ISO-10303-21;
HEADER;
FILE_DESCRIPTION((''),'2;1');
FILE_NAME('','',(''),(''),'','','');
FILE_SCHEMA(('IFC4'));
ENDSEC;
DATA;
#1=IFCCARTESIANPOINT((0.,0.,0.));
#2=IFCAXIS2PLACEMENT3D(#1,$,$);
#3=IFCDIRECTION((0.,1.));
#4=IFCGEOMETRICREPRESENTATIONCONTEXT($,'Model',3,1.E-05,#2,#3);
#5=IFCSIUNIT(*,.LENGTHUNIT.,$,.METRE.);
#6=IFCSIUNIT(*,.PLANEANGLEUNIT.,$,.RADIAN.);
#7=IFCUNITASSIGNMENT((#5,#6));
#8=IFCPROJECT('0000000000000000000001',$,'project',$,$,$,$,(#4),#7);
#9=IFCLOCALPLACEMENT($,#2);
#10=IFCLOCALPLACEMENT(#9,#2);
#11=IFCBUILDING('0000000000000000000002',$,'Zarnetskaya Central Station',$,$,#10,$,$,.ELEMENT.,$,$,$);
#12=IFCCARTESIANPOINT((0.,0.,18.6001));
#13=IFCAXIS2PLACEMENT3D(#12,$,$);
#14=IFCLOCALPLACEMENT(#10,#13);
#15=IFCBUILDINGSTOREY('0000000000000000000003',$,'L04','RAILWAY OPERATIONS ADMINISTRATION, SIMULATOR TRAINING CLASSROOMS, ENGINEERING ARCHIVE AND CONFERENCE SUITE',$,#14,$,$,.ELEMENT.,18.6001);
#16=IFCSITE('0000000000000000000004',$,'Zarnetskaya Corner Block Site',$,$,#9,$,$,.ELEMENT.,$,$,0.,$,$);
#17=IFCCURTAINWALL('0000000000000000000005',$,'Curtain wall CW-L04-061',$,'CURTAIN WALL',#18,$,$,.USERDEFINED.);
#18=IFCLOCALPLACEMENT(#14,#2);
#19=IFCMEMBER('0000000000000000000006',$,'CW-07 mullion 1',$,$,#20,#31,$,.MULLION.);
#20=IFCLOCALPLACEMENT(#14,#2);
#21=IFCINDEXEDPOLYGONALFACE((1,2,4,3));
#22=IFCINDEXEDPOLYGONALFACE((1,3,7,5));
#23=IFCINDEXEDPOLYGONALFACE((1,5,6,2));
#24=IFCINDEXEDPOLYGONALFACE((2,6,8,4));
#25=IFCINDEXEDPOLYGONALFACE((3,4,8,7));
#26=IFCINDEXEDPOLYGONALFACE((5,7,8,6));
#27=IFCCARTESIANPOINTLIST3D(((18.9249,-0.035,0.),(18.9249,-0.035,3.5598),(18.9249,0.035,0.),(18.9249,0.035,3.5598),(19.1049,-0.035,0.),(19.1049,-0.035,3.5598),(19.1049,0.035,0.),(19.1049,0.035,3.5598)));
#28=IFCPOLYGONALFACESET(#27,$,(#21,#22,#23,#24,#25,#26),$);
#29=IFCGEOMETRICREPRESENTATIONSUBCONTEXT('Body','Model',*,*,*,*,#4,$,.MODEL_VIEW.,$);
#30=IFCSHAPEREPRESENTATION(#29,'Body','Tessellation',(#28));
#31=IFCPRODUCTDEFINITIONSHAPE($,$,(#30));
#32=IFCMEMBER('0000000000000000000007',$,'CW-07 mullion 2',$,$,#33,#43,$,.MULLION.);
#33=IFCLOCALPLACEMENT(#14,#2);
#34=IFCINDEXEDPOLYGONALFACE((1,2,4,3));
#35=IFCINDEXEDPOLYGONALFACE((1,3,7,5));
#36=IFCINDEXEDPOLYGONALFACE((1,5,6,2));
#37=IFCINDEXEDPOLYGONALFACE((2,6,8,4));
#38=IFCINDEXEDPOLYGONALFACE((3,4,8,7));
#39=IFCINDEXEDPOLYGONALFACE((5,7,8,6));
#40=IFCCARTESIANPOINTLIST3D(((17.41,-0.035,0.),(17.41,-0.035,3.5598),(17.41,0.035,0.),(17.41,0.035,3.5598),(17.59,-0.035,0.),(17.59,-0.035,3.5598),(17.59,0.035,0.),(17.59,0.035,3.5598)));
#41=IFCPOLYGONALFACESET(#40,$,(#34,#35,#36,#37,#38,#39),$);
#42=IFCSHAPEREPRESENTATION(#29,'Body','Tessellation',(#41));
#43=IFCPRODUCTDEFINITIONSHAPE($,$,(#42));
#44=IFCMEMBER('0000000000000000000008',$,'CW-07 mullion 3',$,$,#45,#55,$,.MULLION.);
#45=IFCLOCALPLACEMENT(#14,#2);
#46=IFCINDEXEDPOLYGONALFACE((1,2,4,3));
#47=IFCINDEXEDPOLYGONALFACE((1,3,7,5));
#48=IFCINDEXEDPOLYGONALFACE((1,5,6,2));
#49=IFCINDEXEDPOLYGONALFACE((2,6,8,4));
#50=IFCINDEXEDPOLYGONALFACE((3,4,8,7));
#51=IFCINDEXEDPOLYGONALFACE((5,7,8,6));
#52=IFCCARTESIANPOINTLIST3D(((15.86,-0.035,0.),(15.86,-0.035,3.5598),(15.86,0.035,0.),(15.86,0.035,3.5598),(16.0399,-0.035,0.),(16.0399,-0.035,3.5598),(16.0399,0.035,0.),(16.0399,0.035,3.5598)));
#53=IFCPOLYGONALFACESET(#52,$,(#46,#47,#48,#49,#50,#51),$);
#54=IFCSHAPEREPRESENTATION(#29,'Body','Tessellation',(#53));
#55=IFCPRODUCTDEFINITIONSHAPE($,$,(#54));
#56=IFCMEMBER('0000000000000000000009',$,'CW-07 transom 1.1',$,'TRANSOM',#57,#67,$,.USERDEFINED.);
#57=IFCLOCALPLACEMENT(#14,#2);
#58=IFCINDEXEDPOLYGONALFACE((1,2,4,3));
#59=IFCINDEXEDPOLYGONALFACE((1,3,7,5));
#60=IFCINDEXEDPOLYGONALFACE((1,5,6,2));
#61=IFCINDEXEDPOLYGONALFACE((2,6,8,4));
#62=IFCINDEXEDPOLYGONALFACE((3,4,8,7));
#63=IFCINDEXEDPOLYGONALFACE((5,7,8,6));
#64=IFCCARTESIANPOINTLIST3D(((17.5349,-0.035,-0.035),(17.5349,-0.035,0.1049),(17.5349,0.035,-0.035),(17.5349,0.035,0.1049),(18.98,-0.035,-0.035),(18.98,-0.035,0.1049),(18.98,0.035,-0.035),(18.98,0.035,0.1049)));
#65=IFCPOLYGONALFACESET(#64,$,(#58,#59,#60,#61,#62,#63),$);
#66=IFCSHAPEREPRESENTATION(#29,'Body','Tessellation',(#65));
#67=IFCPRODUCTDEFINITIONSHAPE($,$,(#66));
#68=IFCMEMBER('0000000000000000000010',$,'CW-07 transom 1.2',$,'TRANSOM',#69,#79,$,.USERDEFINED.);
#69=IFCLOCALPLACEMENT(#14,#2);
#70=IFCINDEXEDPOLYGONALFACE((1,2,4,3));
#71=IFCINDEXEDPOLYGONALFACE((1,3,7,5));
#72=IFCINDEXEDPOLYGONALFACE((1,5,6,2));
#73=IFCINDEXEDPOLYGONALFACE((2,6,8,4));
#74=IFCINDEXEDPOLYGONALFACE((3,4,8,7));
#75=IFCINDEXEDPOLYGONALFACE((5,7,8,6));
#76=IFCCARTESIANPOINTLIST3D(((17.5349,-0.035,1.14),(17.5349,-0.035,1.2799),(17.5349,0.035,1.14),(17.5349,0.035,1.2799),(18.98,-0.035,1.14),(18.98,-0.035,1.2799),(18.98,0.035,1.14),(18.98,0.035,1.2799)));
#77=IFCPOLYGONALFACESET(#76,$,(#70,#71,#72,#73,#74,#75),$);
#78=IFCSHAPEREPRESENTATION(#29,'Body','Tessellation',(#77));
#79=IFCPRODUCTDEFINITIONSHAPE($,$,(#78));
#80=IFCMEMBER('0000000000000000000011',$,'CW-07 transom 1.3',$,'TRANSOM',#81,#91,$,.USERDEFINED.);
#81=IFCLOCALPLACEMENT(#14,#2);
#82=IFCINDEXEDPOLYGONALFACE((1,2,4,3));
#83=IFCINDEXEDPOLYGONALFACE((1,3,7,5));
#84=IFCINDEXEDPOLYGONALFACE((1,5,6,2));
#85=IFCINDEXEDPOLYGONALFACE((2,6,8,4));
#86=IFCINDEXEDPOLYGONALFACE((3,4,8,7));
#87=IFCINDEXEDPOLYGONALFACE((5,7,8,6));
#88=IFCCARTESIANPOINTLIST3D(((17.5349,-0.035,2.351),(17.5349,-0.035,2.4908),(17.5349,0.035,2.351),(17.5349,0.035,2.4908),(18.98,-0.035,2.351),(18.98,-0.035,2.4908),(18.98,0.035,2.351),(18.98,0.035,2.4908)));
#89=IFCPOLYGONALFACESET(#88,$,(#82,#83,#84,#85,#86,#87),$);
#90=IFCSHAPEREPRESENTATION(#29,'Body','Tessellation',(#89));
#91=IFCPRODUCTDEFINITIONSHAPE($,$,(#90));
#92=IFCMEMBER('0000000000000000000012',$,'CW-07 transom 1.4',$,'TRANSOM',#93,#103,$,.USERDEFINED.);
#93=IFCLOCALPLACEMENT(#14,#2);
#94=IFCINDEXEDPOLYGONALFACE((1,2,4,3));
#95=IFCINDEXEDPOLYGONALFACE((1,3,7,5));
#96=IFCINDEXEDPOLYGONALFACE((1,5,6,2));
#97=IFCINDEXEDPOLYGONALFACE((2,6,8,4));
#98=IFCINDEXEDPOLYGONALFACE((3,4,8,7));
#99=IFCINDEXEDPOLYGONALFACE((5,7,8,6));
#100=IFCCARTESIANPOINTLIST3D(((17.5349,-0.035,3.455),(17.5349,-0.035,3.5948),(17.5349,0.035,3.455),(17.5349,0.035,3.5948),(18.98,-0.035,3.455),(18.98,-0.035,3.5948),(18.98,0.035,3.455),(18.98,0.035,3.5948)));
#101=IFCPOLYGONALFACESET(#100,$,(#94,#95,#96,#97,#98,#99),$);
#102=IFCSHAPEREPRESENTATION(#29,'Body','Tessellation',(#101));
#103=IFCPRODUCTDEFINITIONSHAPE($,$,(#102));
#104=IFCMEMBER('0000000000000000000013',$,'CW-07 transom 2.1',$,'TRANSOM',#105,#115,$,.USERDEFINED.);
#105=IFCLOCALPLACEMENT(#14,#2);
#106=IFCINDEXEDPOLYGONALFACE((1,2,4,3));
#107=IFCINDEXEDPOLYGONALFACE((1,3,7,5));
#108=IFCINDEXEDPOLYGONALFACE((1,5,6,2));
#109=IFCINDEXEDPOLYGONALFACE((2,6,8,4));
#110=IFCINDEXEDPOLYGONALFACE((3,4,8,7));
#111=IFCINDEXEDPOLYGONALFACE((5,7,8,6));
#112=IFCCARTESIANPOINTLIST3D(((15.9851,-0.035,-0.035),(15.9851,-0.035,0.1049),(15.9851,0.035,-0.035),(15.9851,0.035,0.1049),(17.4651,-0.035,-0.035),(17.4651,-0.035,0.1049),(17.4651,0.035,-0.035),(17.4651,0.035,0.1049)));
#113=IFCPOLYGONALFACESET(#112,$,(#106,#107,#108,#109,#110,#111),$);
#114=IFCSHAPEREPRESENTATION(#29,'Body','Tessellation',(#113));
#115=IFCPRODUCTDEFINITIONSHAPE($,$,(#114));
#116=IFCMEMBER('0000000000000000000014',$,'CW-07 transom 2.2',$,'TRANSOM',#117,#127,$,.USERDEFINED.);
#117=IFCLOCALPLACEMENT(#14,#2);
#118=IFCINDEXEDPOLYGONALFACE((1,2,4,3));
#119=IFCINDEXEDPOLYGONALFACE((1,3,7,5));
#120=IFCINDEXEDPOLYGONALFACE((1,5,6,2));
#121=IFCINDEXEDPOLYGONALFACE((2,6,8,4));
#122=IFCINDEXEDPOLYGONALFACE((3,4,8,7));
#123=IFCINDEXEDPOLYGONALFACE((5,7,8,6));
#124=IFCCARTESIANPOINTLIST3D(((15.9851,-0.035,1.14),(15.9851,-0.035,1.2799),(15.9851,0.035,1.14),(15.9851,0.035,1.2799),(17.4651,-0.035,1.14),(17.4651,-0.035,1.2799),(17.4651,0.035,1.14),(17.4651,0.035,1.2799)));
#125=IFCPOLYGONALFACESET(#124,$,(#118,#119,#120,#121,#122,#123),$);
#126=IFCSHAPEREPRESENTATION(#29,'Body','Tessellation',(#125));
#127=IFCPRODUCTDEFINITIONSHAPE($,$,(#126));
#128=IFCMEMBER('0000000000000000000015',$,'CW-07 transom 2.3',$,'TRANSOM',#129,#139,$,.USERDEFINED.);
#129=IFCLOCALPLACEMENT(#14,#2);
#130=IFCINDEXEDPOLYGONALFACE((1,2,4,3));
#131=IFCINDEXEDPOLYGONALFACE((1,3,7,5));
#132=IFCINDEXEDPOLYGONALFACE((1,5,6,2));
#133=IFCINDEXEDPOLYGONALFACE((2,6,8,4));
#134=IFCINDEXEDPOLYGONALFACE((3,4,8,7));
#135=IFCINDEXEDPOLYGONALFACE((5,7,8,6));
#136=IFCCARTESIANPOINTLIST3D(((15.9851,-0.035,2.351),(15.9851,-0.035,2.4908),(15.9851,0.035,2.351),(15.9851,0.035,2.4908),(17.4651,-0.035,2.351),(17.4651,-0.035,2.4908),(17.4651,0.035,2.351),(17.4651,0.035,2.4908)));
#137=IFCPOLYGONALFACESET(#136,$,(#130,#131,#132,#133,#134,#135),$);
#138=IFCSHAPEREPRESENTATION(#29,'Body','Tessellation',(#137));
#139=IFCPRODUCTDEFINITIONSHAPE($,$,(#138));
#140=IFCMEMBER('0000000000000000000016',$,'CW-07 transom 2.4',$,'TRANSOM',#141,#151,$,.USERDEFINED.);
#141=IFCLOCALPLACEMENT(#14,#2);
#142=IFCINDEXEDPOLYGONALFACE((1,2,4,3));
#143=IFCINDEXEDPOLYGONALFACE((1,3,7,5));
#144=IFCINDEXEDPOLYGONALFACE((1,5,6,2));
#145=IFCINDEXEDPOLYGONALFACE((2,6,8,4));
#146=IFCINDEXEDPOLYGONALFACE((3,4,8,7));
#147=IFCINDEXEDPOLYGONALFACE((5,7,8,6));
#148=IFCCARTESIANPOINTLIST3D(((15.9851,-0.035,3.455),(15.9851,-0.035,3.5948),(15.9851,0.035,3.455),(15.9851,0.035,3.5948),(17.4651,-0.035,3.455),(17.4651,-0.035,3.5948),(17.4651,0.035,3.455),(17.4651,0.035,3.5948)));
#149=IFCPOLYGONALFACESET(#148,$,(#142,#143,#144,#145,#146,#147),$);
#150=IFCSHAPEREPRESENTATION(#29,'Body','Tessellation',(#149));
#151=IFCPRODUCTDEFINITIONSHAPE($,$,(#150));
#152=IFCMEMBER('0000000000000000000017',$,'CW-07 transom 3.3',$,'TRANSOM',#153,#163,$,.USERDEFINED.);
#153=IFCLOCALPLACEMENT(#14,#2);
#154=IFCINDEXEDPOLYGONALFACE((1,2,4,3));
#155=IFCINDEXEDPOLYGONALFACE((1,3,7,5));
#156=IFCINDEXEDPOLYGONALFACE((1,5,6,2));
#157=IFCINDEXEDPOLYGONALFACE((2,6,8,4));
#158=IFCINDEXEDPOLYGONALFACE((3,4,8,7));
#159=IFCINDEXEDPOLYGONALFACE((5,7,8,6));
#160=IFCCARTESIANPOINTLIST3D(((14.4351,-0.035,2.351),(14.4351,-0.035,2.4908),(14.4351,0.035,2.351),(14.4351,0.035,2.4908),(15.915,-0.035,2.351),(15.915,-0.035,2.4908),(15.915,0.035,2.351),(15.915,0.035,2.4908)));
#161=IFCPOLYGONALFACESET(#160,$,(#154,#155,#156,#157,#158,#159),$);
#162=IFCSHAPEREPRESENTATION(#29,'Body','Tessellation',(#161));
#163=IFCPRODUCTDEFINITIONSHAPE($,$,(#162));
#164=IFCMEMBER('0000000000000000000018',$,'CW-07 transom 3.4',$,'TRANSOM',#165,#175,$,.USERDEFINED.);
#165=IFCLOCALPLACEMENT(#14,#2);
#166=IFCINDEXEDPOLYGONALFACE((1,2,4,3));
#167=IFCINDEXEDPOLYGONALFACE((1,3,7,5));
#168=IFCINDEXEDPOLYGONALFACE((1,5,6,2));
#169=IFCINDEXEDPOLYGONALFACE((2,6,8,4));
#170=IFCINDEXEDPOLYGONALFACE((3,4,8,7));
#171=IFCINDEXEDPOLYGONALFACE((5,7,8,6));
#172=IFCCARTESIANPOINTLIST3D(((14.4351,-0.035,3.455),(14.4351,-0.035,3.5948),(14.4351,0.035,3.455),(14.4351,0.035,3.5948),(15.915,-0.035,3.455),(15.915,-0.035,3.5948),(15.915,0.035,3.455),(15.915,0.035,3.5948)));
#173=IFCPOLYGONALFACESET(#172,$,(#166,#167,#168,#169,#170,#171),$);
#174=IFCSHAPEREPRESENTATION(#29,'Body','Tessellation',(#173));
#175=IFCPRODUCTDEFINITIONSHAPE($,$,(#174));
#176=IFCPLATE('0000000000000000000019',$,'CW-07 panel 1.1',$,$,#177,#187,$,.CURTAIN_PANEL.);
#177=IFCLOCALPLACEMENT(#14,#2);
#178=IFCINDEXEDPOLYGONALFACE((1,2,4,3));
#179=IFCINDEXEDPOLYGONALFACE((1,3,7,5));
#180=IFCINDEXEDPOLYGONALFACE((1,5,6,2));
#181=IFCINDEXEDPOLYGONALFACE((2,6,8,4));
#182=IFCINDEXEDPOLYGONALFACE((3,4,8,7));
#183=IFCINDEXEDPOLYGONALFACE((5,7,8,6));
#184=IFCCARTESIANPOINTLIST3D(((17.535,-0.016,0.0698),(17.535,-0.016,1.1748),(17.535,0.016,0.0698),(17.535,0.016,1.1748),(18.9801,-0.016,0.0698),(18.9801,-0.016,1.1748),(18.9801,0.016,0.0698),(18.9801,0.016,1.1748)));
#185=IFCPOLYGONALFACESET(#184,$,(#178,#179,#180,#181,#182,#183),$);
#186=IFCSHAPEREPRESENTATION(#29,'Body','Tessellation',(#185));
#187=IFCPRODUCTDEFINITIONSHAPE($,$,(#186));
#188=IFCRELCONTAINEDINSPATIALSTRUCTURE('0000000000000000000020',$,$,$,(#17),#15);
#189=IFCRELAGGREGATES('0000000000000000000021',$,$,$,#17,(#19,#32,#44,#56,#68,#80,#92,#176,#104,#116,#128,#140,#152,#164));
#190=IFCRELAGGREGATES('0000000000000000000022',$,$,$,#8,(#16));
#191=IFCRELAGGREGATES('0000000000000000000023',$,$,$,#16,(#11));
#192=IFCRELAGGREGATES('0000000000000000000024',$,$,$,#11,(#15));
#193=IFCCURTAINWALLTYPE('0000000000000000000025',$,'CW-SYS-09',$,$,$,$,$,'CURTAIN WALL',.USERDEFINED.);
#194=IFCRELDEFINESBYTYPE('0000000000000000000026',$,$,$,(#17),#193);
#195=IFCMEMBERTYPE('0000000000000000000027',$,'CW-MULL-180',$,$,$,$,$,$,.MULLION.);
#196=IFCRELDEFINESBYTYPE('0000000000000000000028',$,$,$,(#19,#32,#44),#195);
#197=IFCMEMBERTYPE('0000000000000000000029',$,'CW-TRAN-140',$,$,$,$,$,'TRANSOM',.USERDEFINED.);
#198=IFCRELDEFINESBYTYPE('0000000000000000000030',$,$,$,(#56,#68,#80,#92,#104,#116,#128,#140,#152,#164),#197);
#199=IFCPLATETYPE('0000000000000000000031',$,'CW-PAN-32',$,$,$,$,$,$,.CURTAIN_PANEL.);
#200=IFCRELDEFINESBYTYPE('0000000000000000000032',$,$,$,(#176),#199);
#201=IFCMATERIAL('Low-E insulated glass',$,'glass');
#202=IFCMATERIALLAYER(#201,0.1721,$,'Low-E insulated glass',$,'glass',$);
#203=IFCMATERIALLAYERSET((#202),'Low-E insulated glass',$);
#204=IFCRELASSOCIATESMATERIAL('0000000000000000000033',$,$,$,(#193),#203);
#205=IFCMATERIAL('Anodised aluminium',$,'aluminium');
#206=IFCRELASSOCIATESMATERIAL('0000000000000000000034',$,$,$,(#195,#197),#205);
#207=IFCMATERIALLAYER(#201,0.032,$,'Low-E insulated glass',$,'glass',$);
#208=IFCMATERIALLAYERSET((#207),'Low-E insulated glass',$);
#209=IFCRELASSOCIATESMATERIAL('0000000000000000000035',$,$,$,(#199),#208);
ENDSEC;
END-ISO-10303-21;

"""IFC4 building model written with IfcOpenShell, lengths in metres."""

from ifc_helpers import new_model, si_unit, direction, frame, origin, origin_2d, place, context, subcontext, project, spatial, rectangle, extrude, material, layer, layer_set, material_profile, profile_set, type_object, element, aggregate, save


model = new_model("IFC4")

# Units and contexts
model_context = context("Model", 3, precision=1e-05, world=origin(), true_north=direction((0.0, 1.0)))
body_context = subcontext(model_context, "Body", "Model", "MODEL_VIEW")
ifc_project = project(units=[si_unit("LENGTHUNIT", "METRE"), si_unit("PLANEANGLEUNIT", "RADIAN")], contexts=[model_context])

# Site, building, storey
site_placement = place(None, origin())
site = spatial("IfcSite", under=ifc_project, at=site_placement, Name="Zarnetskaya Corner Block Site", CompositionType="ELEMENT", RefElevation=0.0)
building_placement = place(site_placement, origin())
building = spatial("IfcBuilding", under=site, at=building_placement, Name="Zarnetskaya Central Station", CompositionType="ELEMENT")
storey_placement = place(building_placement, frame((0.0, 0.0, 18.6001)))
storey = spatial("IfcBuildingStorey", under=building, at=storey_placement, Name="L04", Description="RAILWAY OPERATIONS ADMINISTRATION, SIMULATOR TRAINING CLASSROOMS, ENGINEERING ARCHIVE AND CONFERENCE SUITE", CompositionType="ELEMENT", Elevation=18.6001)

# Curtain wall, members, plate
ifc_material_1 = material(Name="Low-E insulated glass", Category="glass")
ifc_layer_1 = layer(ifc_material_1, 0.1721, Name="Low-E insulated glass", Category="glass")
ifc_layer_set_1 = layer_set([ifc_layer_1], Name="Low-E insulated glass")
curtain_wall_type = type_object("IfcCurtainWallType", Name="CW-SYS-09", ElementType="CURTAIN WALL", PredefinedType="USERDEFINED", material=ifc_layer_set_1)
curtain_wall_placement = place(storey_placement, origin())
curtain_wall = element("IfcCurtainWall", 1, at=curtain_wall_placement, inside=storey, type_object=curtain_wall_type, Name="Curtain wall CW-L04-061", ObjectType="CURTAIN WALL", PredefinedType="USERDEFINED")
ifc_material_2 = material(Name="Anodised aluminium", Category="aluminium")
ifc_material_profile_1 = material_profile(ifc_material_2, rectangle(XDim=0.0701, YDim=0.1799, at=origin_2d()), Name="ALU MULL 70x180")
ifc_profile_set_1 = profile_set([ifc_material_profile_1], Name="Anodised aluminium")
member_type_1 = type_object("IfcMemberType", Name="CW-MULL-180", PredefinedType="MULLION", material=ifc_profile_set_1)
member_1_placement = place(storey_placement, frame((19.0149, 0.0, 0.0), z_axis=(0.0, 0.0, 1.0), x_axis=(0.0, -1.0, 0.0)))
member_1 = element("IfcMember", 2, at=member_1_placement, type_object=member_type_1, Name="CW-07 mullion 1", PredefinedType="MULLION", context=body_context, shape_type="SweptSolid", body=[
    extrude(rectangle(XDim=0.0701, YDim=0.1799, at=origin_2d()), origin(), (0.0, 0.0, 1.0), 3.5598),
])
member_2_placement = place(storey_placement, frame((17.5, 0.0, 0.0), z_axis=(0.0, 0.0, 1.0), x_axis=(0.0, -1.0, 0.0)))
member_2 = element("IfcMember", 3, at=member_2_placement, type_object=member_type_1, Name="CW-07 mullion 2", PredefinedType="MULLION", context=body_context, shape_type="SweptSolid", body=[
    extrude(rectangle(XDim=0.0701, YDim=0.1799, at=origin_2d()), origin(), (0.0, 0.0, 1.0), 3.5598),
])
member_3_placement = place(storey_placement, frame((15.95, 0.0, 0.0), z_axis=(0.0, 0.0, 1.0), x_axis=(0.0, -1.0, 0.0)))
member_3 = element("IfcMember", 4, at=member_3_placement, type_object=member_type_1, Name="CW-07 mullion 3", PredefinedType="MULLION", context=body_context, shape_type="SweptSolid", body=[
    extrude(rectangle(XDim=0.0701, YDim=0.1799, at=origin_2d()), origin(), (0.0, 0.0, 1.0), 3.5598),
])
ifc_material_profile_2 = material_profile(ifc_material_2, rectangle(XDim=0.0701, YDim=0.1399, at=origin_2d()), Name="ALU TRAN 70x140")
ifc_profile_set_2 = profile_set([ifc_material_profile_2], Name="Anodised aluminium")
member_type_2 = type_object("IfcMemberType", Name="CW-TRAN-140", ElementType="TRANSOM", PredefinedType="USERDEFINED", material=ifc_profile_set_2)
member_4_placement = place(storey_placement, frame((18.98, 0.0, 0.0349), z_axis=(-1.0, 0.0, 0.0), x_axis=(0.0, -1.0, 0.0)))
member_4 = element("IfcMember", 5, at=member_4_placement, type_object=member_type_2, Name="CW-07 transom 1.1", ObjectType="TRANSOM", PredefinedType="USERDEFINED", context=body_context, shape_type="SweptSolid", body=[
    extrude(rectangle(XDim=0.0701, YDim=0.1399, at=origin_2d()), origin(), (0.0, 0.0, 1.0), 1.4451),
])
member_5_placement = place(storey_placement, frame((18.98, 0.0, 1.21), z_axis=(-1.0, 0.0, 0.0), x_axis=(0.0, -1.0, 0.0)))
member_5 = element("IfcMember", 6, at=member_5_placement, type_object=member_type_2, Name="CW-07 transom 1.2", ObjectType="TRANSOM", PredefinedType="USERDEFINED", context=body_context, shape_type="SweptSolid", body=[
    extrude(rectangle(XDim=0.0701, YDim=0.1399, at=origin_2d()), origin(), (0.0, 0.0, 1.0), 1.4451),
])
member_6_placement = place(storey_placement, frame((18.98, 0.0, 2.4209), z_axis=(-1.0, 0.0, 0.0), x_axis=(0.0, -1.0, 0.0)))
member_6 = element("IfcMember", 7, at=member_6_placement, type_object=member_type_2, Name="CW-07 transom 1.3", ObjectType="TRANSOM", PredefinedType="USERDEFINED", context=body_context, shape_type="SweptSolid", body=[
    extrude(rectangle(XDim=0.0701, YDim=0.1399, at=origin_2d()), origin(), (0.0, 0.0, 1.0), 1.4451),
])
member_7_placement = place(storey_placement, frame((18.98, 0.0, 3.5249), z_axis=(-1.0, 0.0, 0.0), x_axis=(0.0, -1.0, 0.0)))
member_7 = element("IfcMember", 8, at=member_7_placement, type_object=member_type_2, Name="CW-07 transom 1.4", ObjectType="TRANSOM", PredefinedType="USERDEFINED", context=body_context, shape_type="SweptSolid", body=[
    extrude(rectangle(XDim=0.0701, YDim=0.1399, at=origin_2d()), origin(), (0.0, 0.0, 1.0), 1.4451),
])
member_8_placement = place(storey_placement, frame((17.4651, 0.0, 0.0349), z_axis=(-1.0, 0.0, 0.0), x_axis=(0.0, -1.0, 0.0)))
member_8 = element("IfcMember", 9, at=member_8_placement, type_object=member_type_2, Name="CW-07 transom 2.1", ObjectType="TRANSOM", PredefinedType="USERDEFINED", context=body_context, shape_type="SweptSolid", body=[
    extrude(rectangle(XDim=0.0701, YDim=0.1399, at=origin_2d()), origin(), (0.0, 0.0, 1.0), 1.48),
])
member_9_placement = place(storey_placement, frame((17.4651, 0.0, 1.21), z_axis=(-1.0, 0.0, 0.0), x_axis=(0.0, -1.0, 0.0)))
member_9 = element("IfcMember", 10, at=member_9_placement, type_object=member_type_2, Name="CW-07 transom 2.2", ObjectType="TRANSOM", PredefinedType="USERDEFINED", context=body_context, shape_type="SweptSolid", body=[
    extrude(rectangle(XDim=0.0701, YDim=0.1399, at=origin_2d()), origin(), (0.0, 0.0, 1.0), 1.48),
])
member_10_placement = place(storey_placement, frame((17.4651, 0.0, 2.4209), z_axis=(-1.0, 0.0, 0.0), x_axis=(0.0, -1.0, 0.0)))
member_10 = element("IfcMember", 11, at=member_10_placement, type_object=member_type_2, Name="CW-07 transom 2.3", ObjectType="TRANSOM", PredefinedType="USERDEFINED", context=body_context, shape_type="SweptSolid", body=[
    extrude(rectangle(XDim=0.0701, YDim=0.1399, at=origin_2d()), origin(), (0.0, 0.0, 1.0), 1.48),
])
member_11_placement = place(storey_placement, frame((17.4651, 0.0, 3.5249), z_axis=(-1.0, 0.0, 0.0), x_axis=(0.0, -1.0, 0.0)))
member_11 = element("IfcMember", 12, at=member_11_placement, type_object=member_type_2, Name="CW-07 transom 2.4", ObjectType="TRANSOM", PredefinedType="USERDEFINED", context=body_context, shape_type="SweptSolid", body=[
    extrude(rectangle(XDim=0.0701, YDim=0.1399, at=origin_2d()), origin(), (0.0, 0.0, 1.0), 1.48),
])
member_12_placement = place(storey_placement, frame((15.915, 0.0, 2.4209), z_axis=(-1.0, 0.0, 0.0), x_axis=(0.0, -1.0, 0.0)))
member_12 = element("IfcMember", 13, at=member_12_placement, type_object=member_type_2, Name="CW-07 transom 3.3", ObjectType="TRANSOM", PredefinedType="USERDEFINED", context=body_context, shape_type="SweptSolid", body=[
    extrude(rectangle(XDim=0.0701, YDim=0.1399, at=origin_2d()), origin(), (0.0, 0.0, 1.0), 1.48),
])
member_13_placement = place(storey_placement, frame((15.915, 0.0, 3.5249), z_axis=(-1.0, 0.0, 0.0), x_axis=(0.0, -1.0, 0.0)))
member_13 = element("IfcMember", 14, at=member_13_placement, type_object=member_type_2, Name="CW-07 transom 3.4", ObjectType="TRANSOM", PredefinedType="USERDEFINED", context=body_context, shape_type="SweptSolid", body=[
    extrude(rectangle(XDim=0.0701, YDim=0.1399, at=origin_2d()), origin(), (0.0, 0.0, 1.0), 1.48),
])
ifc_layer_2 = layer(ifc_material_1, 0.032, Name="Low-E insulated glass", Category="glass")
ifc_layer_set_2 = layer_set([ifc_layer_2], Name="Low-E insulated glass")
plate_type = type_object("IfcPlateType", Name="CW-PAN-32", PredefinedType="CURTAIN_PANEL", material=ifc_layer_set_2)
plate_1_placement = place(storey_placement, frame((18.2576, 0.0, 0.0698), z_axis=(0.0, 0.0, 1.0), x_axis=(-1.0, 0.0, 0.0)))
plate_1 = element("IfcPlate", 15, at=plate_1_placement, type_object=plate_type, Name="CW-07 panel 1.1", PredefinedType="CURTAIN_PANEL", context=body_context, shape_type="SweptSolid", body=[
    extrude(rectangle(XDim=1.4451, YDim=0.032, at=origin_2d()), origin(), (0.0, 0.0, 1.0), 1.105),
])
aggregate(curtain_wall, [member_1, member_2, member_3, member_4, member_5, member_6, member_7, plate_1, member_8, member_9, member_10, member_11, member_12, member_13])

save(model, "model.ifc")
